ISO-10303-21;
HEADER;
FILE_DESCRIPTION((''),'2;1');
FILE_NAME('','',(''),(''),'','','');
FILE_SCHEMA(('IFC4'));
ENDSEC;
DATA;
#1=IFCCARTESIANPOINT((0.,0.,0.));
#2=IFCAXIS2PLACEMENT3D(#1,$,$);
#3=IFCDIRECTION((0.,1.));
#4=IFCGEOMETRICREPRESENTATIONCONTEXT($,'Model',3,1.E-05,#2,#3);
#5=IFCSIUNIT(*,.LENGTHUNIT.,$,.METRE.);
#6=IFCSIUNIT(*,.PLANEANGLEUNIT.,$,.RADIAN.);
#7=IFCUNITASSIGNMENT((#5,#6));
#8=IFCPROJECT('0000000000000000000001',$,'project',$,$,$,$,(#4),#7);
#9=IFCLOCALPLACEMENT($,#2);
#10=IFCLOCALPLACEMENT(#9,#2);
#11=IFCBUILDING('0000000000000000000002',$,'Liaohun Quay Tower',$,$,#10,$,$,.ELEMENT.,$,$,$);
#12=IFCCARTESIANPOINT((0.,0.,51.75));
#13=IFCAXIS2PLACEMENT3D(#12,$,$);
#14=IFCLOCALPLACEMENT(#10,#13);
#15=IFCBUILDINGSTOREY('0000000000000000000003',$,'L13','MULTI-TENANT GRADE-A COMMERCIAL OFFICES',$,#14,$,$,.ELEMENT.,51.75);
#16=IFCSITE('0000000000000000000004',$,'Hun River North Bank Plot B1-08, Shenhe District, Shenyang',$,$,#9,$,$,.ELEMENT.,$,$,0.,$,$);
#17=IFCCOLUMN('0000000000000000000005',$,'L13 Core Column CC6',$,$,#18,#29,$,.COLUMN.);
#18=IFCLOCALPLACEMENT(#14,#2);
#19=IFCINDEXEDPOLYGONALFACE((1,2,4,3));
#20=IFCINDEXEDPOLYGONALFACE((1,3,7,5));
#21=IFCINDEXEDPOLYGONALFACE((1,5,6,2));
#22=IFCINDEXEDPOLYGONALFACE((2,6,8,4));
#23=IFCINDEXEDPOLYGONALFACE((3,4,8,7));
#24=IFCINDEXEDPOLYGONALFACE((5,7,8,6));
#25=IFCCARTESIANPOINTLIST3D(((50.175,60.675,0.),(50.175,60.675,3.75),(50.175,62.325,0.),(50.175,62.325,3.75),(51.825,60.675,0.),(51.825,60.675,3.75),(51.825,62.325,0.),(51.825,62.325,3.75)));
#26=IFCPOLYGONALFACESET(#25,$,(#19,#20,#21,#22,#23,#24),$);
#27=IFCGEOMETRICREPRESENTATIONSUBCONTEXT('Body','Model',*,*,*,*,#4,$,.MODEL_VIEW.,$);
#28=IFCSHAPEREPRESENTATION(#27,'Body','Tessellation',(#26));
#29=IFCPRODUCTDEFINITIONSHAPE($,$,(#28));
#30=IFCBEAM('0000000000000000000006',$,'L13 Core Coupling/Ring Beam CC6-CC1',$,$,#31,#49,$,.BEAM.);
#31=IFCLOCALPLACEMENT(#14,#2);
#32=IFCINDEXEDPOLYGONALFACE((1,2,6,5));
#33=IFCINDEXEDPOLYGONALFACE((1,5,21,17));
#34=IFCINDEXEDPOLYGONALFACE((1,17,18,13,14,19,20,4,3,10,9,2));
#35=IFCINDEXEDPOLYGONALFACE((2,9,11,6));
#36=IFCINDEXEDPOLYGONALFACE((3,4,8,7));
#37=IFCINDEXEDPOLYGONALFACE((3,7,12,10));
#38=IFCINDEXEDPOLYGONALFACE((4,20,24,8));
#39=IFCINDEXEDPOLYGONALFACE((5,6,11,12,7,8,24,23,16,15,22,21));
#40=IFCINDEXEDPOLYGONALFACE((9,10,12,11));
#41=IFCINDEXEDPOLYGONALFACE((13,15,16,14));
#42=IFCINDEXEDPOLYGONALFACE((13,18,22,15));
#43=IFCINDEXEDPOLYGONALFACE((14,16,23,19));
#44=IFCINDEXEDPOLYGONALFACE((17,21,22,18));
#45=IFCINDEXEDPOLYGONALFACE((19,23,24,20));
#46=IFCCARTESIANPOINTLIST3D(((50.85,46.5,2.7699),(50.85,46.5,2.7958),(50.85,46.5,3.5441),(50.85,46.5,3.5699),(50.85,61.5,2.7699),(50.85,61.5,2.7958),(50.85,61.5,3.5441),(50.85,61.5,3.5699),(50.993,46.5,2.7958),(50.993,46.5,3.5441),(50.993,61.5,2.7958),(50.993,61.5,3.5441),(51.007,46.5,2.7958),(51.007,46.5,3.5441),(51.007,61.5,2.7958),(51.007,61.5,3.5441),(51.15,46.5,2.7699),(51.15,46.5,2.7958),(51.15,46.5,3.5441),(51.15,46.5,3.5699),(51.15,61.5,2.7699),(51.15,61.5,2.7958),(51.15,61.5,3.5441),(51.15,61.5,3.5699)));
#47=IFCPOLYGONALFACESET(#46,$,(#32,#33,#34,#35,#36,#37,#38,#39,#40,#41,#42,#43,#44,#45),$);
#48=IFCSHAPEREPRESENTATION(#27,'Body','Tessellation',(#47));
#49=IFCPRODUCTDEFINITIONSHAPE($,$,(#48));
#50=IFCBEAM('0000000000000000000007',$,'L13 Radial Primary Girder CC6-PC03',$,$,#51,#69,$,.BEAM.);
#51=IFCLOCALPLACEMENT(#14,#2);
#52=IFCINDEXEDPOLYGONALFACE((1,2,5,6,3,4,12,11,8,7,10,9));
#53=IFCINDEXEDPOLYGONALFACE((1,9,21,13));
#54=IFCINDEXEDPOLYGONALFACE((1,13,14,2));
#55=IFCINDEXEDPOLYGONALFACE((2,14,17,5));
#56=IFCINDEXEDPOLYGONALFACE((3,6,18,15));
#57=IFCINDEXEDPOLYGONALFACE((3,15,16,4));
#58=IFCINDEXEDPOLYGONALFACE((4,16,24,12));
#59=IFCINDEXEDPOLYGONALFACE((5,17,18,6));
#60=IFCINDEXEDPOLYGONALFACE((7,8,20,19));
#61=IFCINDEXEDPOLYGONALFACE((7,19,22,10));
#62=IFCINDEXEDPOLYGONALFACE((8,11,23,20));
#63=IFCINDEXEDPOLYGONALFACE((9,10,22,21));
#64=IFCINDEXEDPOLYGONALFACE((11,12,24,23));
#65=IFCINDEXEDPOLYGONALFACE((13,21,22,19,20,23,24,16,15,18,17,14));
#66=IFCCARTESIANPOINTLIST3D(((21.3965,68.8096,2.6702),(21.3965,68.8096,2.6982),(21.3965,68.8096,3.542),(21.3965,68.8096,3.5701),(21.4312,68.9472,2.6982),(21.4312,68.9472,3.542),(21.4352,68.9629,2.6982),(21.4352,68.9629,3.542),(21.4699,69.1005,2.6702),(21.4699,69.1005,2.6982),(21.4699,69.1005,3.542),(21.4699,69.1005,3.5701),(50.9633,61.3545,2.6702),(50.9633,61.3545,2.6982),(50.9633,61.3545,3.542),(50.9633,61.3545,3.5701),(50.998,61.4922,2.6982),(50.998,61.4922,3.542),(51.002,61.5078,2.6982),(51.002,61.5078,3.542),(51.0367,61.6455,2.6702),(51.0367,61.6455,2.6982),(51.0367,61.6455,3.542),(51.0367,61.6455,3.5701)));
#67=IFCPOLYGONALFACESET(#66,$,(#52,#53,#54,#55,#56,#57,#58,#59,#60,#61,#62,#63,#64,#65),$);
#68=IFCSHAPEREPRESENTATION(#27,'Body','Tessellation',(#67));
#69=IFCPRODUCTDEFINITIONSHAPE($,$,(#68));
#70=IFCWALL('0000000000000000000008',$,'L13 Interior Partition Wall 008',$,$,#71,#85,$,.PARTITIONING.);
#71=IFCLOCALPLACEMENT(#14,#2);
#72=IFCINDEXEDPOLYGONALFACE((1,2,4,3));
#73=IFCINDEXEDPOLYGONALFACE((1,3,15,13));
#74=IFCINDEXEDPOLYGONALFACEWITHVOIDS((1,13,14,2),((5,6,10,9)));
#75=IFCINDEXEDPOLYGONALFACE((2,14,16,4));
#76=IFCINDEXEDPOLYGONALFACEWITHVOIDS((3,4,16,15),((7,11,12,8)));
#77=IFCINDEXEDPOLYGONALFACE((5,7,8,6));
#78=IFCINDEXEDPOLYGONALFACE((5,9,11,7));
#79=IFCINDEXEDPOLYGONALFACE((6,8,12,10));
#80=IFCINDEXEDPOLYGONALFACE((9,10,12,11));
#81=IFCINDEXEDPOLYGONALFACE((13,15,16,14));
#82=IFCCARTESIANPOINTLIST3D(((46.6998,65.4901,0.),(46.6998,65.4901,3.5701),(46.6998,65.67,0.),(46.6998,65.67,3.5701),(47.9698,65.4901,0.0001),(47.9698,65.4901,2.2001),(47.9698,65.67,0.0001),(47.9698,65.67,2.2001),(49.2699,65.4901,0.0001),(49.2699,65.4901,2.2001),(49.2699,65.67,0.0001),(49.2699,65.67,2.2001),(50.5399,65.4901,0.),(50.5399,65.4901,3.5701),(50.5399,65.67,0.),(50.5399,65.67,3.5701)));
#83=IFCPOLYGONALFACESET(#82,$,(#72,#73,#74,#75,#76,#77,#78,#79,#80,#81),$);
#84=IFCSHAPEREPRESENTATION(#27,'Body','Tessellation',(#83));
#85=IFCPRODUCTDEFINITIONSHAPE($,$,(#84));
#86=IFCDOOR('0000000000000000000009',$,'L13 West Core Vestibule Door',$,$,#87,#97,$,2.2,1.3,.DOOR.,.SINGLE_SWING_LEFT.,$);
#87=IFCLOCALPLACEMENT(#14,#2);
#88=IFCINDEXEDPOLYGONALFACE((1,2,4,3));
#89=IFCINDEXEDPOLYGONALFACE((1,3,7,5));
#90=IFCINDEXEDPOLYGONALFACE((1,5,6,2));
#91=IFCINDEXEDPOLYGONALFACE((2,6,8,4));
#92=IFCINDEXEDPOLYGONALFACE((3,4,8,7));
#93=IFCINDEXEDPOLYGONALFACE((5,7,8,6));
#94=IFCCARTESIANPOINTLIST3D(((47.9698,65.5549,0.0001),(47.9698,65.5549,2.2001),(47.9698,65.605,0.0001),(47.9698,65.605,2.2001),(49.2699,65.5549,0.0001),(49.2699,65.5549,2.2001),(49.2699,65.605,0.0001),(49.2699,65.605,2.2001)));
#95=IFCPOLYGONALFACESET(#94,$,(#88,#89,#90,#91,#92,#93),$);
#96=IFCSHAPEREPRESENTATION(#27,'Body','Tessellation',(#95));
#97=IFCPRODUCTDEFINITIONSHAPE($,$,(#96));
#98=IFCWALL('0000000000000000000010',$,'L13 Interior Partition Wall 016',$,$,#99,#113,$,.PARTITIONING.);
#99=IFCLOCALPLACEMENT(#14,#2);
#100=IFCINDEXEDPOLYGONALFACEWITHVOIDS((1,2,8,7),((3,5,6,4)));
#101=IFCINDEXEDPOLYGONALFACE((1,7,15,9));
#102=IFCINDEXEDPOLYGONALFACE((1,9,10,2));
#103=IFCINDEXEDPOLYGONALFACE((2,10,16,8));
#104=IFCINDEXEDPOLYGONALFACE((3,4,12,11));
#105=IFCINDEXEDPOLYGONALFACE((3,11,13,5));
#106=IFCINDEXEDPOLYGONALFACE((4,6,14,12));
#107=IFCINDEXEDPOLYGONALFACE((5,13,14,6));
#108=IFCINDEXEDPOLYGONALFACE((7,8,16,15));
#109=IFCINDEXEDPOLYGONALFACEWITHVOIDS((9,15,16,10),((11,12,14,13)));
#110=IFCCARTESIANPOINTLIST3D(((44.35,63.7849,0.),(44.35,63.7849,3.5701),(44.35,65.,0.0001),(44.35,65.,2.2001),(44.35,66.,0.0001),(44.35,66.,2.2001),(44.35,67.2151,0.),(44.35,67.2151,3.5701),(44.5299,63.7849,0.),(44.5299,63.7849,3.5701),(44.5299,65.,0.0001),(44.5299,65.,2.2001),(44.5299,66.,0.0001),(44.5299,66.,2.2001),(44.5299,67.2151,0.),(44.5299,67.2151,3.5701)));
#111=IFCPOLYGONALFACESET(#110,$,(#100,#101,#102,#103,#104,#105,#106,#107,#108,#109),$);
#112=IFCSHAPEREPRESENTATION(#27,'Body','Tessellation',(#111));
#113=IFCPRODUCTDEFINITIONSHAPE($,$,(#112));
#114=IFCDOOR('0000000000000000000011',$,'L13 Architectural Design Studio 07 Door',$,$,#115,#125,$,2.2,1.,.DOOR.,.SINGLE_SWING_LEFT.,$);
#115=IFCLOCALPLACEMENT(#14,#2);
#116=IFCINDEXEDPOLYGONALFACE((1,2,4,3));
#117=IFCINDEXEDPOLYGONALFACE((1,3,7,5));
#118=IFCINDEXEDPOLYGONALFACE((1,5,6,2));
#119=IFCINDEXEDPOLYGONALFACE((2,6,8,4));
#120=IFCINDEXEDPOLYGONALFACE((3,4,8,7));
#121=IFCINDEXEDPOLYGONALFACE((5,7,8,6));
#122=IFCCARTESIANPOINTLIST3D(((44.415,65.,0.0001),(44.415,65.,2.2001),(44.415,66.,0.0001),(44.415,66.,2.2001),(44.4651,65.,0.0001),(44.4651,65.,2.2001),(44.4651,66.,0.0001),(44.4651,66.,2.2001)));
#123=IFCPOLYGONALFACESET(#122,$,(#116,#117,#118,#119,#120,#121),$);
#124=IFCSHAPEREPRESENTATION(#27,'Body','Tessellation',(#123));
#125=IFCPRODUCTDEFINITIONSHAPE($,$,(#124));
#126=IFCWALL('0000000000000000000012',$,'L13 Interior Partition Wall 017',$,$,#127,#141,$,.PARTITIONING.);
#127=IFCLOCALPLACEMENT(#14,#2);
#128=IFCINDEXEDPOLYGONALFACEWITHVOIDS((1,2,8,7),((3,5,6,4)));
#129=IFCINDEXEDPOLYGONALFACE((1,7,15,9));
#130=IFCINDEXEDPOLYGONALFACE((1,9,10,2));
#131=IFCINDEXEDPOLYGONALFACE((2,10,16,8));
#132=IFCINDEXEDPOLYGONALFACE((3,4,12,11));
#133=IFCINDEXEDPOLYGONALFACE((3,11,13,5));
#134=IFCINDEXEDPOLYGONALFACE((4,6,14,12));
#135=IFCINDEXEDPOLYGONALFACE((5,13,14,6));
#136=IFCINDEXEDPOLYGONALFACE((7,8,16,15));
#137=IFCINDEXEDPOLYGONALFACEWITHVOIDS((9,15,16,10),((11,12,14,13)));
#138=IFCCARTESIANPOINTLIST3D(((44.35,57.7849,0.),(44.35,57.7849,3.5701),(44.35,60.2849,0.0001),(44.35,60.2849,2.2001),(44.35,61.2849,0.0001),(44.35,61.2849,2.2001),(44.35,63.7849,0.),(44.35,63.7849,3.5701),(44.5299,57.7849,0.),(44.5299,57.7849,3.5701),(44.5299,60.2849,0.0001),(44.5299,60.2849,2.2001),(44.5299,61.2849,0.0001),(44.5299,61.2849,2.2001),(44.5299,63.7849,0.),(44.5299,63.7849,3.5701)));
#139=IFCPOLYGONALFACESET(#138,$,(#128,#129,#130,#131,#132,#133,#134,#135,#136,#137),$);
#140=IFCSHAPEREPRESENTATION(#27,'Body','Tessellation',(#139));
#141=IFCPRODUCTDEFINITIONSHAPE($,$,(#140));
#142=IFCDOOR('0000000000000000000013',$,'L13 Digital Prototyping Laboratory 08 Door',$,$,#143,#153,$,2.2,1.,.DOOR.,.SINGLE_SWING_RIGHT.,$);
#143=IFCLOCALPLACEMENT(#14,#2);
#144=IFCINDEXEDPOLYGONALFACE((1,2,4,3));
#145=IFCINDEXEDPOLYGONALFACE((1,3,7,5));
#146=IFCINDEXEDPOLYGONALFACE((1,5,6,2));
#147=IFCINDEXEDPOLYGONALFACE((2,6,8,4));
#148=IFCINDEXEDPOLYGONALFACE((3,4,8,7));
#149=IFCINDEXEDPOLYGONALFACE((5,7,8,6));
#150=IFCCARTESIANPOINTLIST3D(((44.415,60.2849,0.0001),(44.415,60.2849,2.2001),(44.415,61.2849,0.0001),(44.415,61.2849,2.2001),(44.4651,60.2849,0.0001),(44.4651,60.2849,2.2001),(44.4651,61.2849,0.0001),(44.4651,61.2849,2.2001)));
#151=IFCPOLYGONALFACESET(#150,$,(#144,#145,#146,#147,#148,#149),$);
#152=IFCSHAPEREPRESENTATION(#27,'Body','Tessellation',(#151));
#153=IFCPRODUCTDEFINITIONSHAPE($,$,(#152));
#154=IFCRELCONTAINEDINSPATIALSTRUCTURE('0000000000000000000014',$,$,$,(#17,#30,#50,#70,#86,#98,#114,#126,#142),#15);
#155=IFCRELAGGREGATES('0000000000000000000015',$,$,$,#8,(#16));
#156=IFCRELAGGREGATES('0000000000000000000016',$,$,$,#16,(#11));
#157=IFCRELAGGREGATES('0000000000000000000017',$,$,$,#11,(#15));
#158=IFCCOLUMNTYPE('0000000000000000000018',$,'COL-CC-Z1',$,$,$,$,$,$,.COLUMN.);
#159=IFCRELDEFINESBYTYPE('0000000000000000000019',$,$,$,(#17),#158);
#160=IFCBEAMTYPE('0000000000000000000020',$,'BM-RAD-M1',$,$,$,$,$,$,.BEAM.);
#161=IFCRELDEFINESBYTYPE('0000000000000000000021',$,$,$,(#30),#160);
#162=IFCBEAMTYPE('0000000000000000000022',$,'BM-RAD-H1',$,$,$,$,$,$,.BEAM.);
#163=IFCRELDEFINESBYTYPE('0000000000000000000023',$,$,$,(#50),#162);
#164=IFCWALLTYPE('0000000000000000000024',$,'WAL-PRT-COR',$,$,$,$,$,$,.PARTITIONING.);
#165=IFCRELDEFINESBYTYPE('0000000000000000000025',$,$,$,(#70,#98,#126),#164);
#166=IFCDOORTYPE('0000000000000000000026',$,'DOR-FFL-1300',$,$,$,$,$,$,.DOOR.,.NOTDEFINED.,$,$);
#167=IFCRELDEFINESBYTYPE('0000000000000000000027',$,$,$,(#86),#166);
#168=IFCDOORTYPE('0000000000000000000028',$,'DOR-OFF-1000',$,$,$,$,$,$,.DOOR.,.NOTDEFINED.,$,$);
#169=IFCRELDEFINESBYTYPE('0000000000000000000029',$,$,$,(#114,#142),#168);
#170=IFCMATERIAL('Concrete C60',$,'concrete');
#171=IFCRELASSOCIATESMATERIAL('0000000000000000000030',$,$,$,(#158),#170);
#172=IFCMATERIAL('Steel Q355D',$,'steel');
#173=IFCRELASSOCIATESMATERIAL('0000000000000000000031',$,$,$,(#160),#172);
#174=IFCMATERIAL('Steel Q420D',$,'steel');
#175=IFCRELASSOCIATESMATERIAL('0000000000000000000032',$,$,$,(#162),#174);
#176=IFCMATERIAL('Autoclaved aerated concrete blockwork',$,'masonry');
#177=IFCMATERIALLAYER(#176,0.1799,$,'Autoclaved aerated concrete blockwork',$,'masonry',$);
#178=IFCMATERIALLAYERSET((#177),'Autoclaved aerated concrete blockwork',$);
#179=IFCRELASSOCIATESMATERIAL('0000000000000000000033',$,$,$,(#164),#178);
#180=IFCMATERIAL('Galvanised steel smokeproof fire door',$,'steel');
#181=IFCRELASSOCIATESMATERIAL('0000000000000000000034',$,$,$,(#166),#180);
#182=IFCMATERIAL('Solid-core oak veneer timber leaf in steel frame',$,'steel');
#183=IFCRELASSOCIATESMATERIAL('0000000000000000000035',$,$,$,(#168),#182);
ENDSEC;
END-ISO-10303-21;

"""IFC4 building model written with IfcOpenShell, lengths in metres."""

from ifc_helpers import new_model, si_unit, direction, frame, frame_2d, origin, origin_2d, place, context, subcontext, project, spatial, rectangle, i_section, extrude, source, transform, mapped, material, layer, layer_set, material_profile, profile_set, type_object, element, fill, save


model = new_model("IFC4")

# Units and contexts
model_context = context("Model", 3, precision=1e-05, world=origin(), true_north=direction((0.0, 1.0)))
body_context = subcontext(model_context, "Body", "Model", "MODEL_VIEW")
ifc_project = project(units=[si_unit("LENGTHUNIT", "METRE"), si_unit("PLANEANGLEUNIT", "RADIAN")], contexts=[model_context])

# Site, building, storey
site_placement = place(None, origin())
site = spatial("IfcSite", under=ifc_project, at=site_placement, Name="Hun River North Bank Plot B1-08, Shenhe District, Shenyang", CompositionType="ELEMENT", RefElevation=0.0)
building_placement = place(site_placement, origin())
building = spatial("IfcBuilding", under=site, at=building_placement, Name="Liaohun Quay Tower", CompositionType="ELEMENT")
storey_placement = place(building_placement, frame((0.0, 0.0, 51.75)))
storey = spatial("IfcBuildingStorey", under=building, at=storey_placement, Name="L13", Description="MULTI-TENANT GRADE-A COMMERCIAL OFFICES", CompositionType="ELEMENT", Elevation=51.75)

# Column
ifc_material_1 = material(Name="Concrete C60", Category="concrete")
ifc_material_profile_1 = material_profile(ifc_material_1, rectangle(XDim=1.6499, YDim=1.6499, at=origin_2d()), Name="RC1650x1650")
ifc_profile_set_1 = profile_set([ifc_material_profile_1], Name="Concrete C60")
column_type = type_object("IfcColumnType", Name="COL-CC-Z1", PredefinedType="COLUMN", material=ifc_profile_set_1)
shared_shape_1 = source(origin(), body_context, "Body", "SweptSolid", [
    extrude(rectangle(XDim=1.6499, YDim=1.6499, at=origin_2d()), origin(), (0.0, 0.0, 1.0), 3.75),
])
column_placement = place(storey_placement, frame((51.0, 61.5, 0.0), z_axis=(0.0, 0.0, 1.0), x_axis=(1.0, 0.0, 0.0)))
element("IfcColumn", 1, at=column_placement, inside=storey, type_object=column_type, Name="L13 Core Column CC6", PredefinedType="COLUMN", context=body_context, shape_type="MappedRepresentation", body=[
    mapped(shared_shape_1, transform((0.0, 0.0, 0.0), x_axis=(1.0, 0.0, 0.0), y_axis=(0.0, 1.0, 0.0), z_axis=(0.0, 0.0, 1.0), scale=1.0)),
])

# Beams
ifc_material_2 = material(Name="Steel Q355D", Category="steel")
ifc_material_profile_2 = material_profile(ifc_material_2, i_section(OverallWidth=0.3, OverallDepth=0.8, WebThickness=0.0139, FlangeThickness=0.0259, at=origin_2d()), Name="HN800x300x14x26")
ifc_profile_set_2 = profile_set([ifc_material_profile_2], Name="Steel Q355D")
beam_type_1 = type_object("IfcBeamType", Name="BM-RAD-M1", PredefinedType="BEAM", material=ifc_profile_set_2)
shared_shape_2 = source(origin(), body_context, "Body", "SweptSolid", [
    extrude(i_section(OverallWidth=0.3, OverallDepth=0.8, WebThickness=0.0139, FlangeThickness=0.0259, at=origin_2d()), origin(), (0.0, 0.0, 1.0), 15.0),
])
beam_1_placement = place(storey_placement, frame((51.0, 61.5, 3.1699), z_axis=(0.0, -1.0, 0.0), x_axis=(1.0, 0.0, 0.0)))
element("IfcBeam", 2, at=beam_1_placement, inside=storey, type_object=beam_type_1, Name="L13 Core Coupling/Ring Beam CC6-CC1", PredefinedType="BEAM", context=body_context, shape_type="MappedRepresentation", body=[
    mapped(shared_shape_2, transform((0.0, 0.0, 0.0), x_axis=(1.0, 0.0, 0.0), y_axis=(0.0, 1.0, 0.0), z_axis=(0.0, 0.0, 1.0), scale=1.0)),
])
ifc_material_3 = material(Name="Steel Q420D", Category="steel")
ifc_material_profile_3 = material_profile(ifc_material_3, i_section(OverallWidth=0.3, OverallDepth=0.8999, WebThickness=0.0161, FlangeThickness=0.0281, at=origin_2d()), Name="HN900x300x16x28")
ifc_profile_set_3 = profile_set([ifc_material_profile_3], Name="Steel Q420D")
beam_type_2 = type_object("IfcBeamType", Name="BM-RAD-H1", PredefinedType="BEAM", material=ifc_profile_set_3)
shared_shape_3 = source(origin(), body_context, "Body", "SweptSolid", [
    extrude(i_section(OverallWidth=0.3, OverallDepth=0.8999, WebThickness=0.0161, FlangeThickness=0.0281, at=origin_2d()), origin(), (0.0, 0.0, 1.0), 30.4922),
])
beam_2_placement = place(storey_placement, frame((51.0, 61.5, 3.1201), z_axis=(-0.969652, 0.244491, 0.0), x_axis=(-0.244491, -0.969652, 0.0)))
element("IfcBeam", 3, at=beam_2_placement, inside=storey, type_object=beam_type_2, Name="L13 Radial Primary Girder CC6-PC03", PredefinedType="BEAM", context=body_context, shape_type="MappedRepresentation", body=[
    mapped(shared_shape_3, transform((0.0, 0.0, 0.0), x_axis=(1.0, 0.0, 0.0), y_axis=(0.0, 1.0, 0.0), z_axis=(0.0, 0.0, 1.0), scale=1.0)),
])

# Walls, openings, doors
ifc_material_4 = material(Name="Autoclaved aerated concrete blockwork", Category="masonry")
ifc_layer_1 = layer(ifc_material_4, 0.1799, Name="Autoclaved aerated concrete blockwork", Category="masonry")
ifc_layer_set_1 = layer_set([ifc_layer_1], Name="Autoclaved aerated concrete blockwork")
wall_type_1 = type_object("IfcWallType", Name="WAL-PRT-COR", PredefinedType="PARTITIONING", material=ifc_layer_set_1)
wall_1_placement = place(storey_placement, frame((46.7, 65.5801, 0.0), z_axis=(0.0, 0.0, 1.0), x_axis=(1.0, 0.0, 0.0)))
wall_1 = element("IfcWall", 4, at=wall_1_placement, inside=storey, type_object=wall_type_1, Name="L13 Interior Partition Wall 008", PredefinedType="PARTITIONING", context=body_context, shape_type="SweptSolid", body=[
    extrude(rectangle(XDim=3.8401, YDim=0.1799, at=frame_2d((1.9199, 0.0))), origin(), (0.0, 0.0, 1.0), 3.5701),
])
shared_shape_4 = source(origin(), body_context, "Body", "SweptSolid", [
    extrude(rectangle(XDim=1.3, YDim=2.2, at=frame_2d((0.6499, 1.1001))), frame((0.0, 0.0999, 0.0), z_axis=(0.0, -1.0, 0.0), x_axis=(1.0, 0.0, 0.0)), (0.0, 0.0, 1.0), 0.2),
])
opening_1_placement = place(wall_1_placement, frame((1.27, 0.0, 0.0)))
opening_1 = element("IfcOpeningElement", 5, at=opening_1_placement, cuts=wall_1, PredefinedType="OPENING", context=body_context, shape_type="MappedRepresentation", body=[
    mapped(shared_shape_4, transform((0.0, 0.0, 0.0), x_axis=(1.0, 0.0, 0.0), y_axis=(0.0, 1.0, 0.0), z_axis=(0.0, 0.0, 1.0), scale=1.0)),
])
ifc_material_5 = material(Name="Galvanised steel smokeproof fire door", Category="steel")
door_type_1 = type_object("IfcDoorType", Name="DOR-FFL-1300", OperationType="NOTDEFINED", PredefinedType="DOOR", material=ifc_material_5)
shared_shape_5 = source(origin(), body_context, "Body", "SweptSolid", [
    extrude(rectangle(XDim=1.3, YDim=2.2, at=frame_2d((0.6499, 1.1001))), frame((0.0, 0.0249, 0.0), z_axis=(0.0, -1.0, 0.0), x_axis=(1.0, 0.0, 0.0)), (0.0, 0.0, 1.0), 0.05),
])
door_1_placement = place(opening_1_placement, origin())
door_1 = element("IfcDoor", 6, at=door_1_placement, inside=storey, type_object=door_type_1, Name="L13 West Core Vestibule Door", OperationType="SINGLE_SWING_LEFT", OverallHeight=2.2, OverallWidth=1.3, PredefinedType="DOOR", context=body_context, shape_type="MappedRepresentation", body=[
    mapped(shared_shape_5, transform((0.0, 0.0, 0.0), x_axis=(1.0, 0.0, 0.0), y_axis=(0.0, 1.0, 0.0), z_axis=(0.0, 0.0, 1.0), scale=1.0)),
])
fill(opening_1, door_1)
wall_2_placement = place(storey_placement, frame((44.4399, 63.7849, 0.0), z_axis=(0.0, 0.0, 1.0), x_axis=(0.0, 1.0, 0.0)))
wall_2 = element("IfcWall", 7, at=wall_2_placement, inside=storey, type_object=wall_type_1, Name="L13 Interior Partition Wall 016", PredefinedType="PARTITIONING", context=body_context, shape_type="SweptSolid", body=[
    extrude(rectangle(XDim=3.4302, YDim=0.1799, at=frame_2d((1.7151, 0.0))), origin(), (0.0, 0.0, 1.0), 3.5701),
])
shared_shape_6 = source(origin(), body_context, "Body", "SweptSolid", [
    extrude(rectangle(XDim=1.0, YDim=2.2, at=frame_2d((0.5, 1.1001))), frame((0.0, 0.0999, 0.0), z_axis=(0.0, -1.0, 0.0), x_axis=(1.0, 0.0, 0.0)), (0.0, 0.0, 1.0), 0.2),
])
opening_2_placement = place(wall_2_placement, frame((1.2151, 0.0, 0.0)))
opening_2 = element("IfcOpeningElement", 8, at=opening_2_placement, cuts=wall_2, PredefinedType="OPENING", context=body_context, shape_type="MappedRepresentation", body=[
    mapped(shared_shape_6, transform((0.0, 0.0, 0.0), x_axis=(1.0, 0.0, 0.0), y_axis=(0.0, 1.0, 0.0), z_axis=(0.0, 0.0, 1.0), scale=1.0)),
])
ifc_material_6 = material(Name="Solid-core oak veneer timber leaf in steel frame", Category="steel")
door_type_2 = type_object("IfcDoorType", Name="DOR-OFF-1000", OperationType="NOTDEFINED", PredefinedType="DOOR", material=ifc_material_6)
shared_shape_7 = source(origin(), body_context, "Body", "SweptSolid", [
    extrude(rectangle(XDim=1.0, YDim=2.2, at=frame_2d((0.5, 1.1001))), frame((0.0, 0.0249, 0.0), z_axis=(0.0, -1.0, 0.0), x_axis=(1.0, 0.0, 0.0)), (0.0, 0.0, 1.0), 0.05),
])
door_2_placement = place(opening_2_placement, origin())
door_2 = element("IfcDoor", 9, at=door_2_placement, inside=storey, type_object=door_type_2, Name="L13 Architectural Design Studio 07 Door", OperationType="SINGLE_SWING_LEFT", OverallHeight=2.2, OverallWidth=1.0, PredefinedType="DOOR", context=body_context, shape_type="MappedRepresentation", body=[
    mapped(shared_shape_7, transform((0.0, 0.0, 0.0), x_axis=(1.0, 0.0, 0.0), y_axis=(0.0, 1.0, 0.0), z_axis=(0.0, 0.0, 1.0), scale=1.0)),
])
fill(opening_2, door_2)
wall_3_placement = place(storey_placement, frame((44.4399, 57.7849, 0.0), z_axis=(0.0, 0.0, 1.0), x_axis=(0.0, 1.0, 0.0)))
wall_3 = element("IfcWall", 10, at=wall_3_placement, inside=storey, type_object=wall_type_1, Name="L13 Interior Partition Wall 017", PredefinedType="PARTITIONING", context=body_context, shape_type="SweptSolid", body=[
    extrude(rectangle(XDim=6.0, YDim=0.1799, at=frame_2d((3.0, 0.0))), origin(), (0.0, 0.0, 1.0), 3.5701),
])
opening_3_placement = place(wall_3_placement, frame((2.5, 0.0, 0.0)))
opening_3 = element("IfcOpeningElement", 11, at=opening_3_placement, cuts=wall_3, PredefinedType="OPENING", context=body_context, shape_type="MappedRepresentation", body=[
    mapped(shared_shape_6, transform((0.0, 0.0, 0.0), x_axis=(1.0, 0.0, 0.0), y_axis=(0.0, 1.0, 0.0), z_axis=(0.0, 0.0, 1.0), scale=1.0)),
])
door_3_placement = place(opening_3_placement, origin())
door_3 = element("IfcDoor", 12, at=door_3_placement, inside=storey, type_object=door_type_2, Name="L13 Digital Prototyping Laboratory 08 Door", OperationType="SINGLE_SWING_RIGHT", OverallHeight=2.2, OverallWidth=1.0, PredefinedType="DOOR", context=body_context, shape_type="MappedRepresentation", body=[
    mapped(shared_shape_7, transform((0.0, 0.0, 0.0), x_axis=(1.0, 0.0, 0.0), y_axis=(0.0, 1.0, 0.0), z_axis=(0.0, 0.0, 1.0), scale=1.0)),
])
fill(opening_3, door_3)

save(model, "model.ifc")
